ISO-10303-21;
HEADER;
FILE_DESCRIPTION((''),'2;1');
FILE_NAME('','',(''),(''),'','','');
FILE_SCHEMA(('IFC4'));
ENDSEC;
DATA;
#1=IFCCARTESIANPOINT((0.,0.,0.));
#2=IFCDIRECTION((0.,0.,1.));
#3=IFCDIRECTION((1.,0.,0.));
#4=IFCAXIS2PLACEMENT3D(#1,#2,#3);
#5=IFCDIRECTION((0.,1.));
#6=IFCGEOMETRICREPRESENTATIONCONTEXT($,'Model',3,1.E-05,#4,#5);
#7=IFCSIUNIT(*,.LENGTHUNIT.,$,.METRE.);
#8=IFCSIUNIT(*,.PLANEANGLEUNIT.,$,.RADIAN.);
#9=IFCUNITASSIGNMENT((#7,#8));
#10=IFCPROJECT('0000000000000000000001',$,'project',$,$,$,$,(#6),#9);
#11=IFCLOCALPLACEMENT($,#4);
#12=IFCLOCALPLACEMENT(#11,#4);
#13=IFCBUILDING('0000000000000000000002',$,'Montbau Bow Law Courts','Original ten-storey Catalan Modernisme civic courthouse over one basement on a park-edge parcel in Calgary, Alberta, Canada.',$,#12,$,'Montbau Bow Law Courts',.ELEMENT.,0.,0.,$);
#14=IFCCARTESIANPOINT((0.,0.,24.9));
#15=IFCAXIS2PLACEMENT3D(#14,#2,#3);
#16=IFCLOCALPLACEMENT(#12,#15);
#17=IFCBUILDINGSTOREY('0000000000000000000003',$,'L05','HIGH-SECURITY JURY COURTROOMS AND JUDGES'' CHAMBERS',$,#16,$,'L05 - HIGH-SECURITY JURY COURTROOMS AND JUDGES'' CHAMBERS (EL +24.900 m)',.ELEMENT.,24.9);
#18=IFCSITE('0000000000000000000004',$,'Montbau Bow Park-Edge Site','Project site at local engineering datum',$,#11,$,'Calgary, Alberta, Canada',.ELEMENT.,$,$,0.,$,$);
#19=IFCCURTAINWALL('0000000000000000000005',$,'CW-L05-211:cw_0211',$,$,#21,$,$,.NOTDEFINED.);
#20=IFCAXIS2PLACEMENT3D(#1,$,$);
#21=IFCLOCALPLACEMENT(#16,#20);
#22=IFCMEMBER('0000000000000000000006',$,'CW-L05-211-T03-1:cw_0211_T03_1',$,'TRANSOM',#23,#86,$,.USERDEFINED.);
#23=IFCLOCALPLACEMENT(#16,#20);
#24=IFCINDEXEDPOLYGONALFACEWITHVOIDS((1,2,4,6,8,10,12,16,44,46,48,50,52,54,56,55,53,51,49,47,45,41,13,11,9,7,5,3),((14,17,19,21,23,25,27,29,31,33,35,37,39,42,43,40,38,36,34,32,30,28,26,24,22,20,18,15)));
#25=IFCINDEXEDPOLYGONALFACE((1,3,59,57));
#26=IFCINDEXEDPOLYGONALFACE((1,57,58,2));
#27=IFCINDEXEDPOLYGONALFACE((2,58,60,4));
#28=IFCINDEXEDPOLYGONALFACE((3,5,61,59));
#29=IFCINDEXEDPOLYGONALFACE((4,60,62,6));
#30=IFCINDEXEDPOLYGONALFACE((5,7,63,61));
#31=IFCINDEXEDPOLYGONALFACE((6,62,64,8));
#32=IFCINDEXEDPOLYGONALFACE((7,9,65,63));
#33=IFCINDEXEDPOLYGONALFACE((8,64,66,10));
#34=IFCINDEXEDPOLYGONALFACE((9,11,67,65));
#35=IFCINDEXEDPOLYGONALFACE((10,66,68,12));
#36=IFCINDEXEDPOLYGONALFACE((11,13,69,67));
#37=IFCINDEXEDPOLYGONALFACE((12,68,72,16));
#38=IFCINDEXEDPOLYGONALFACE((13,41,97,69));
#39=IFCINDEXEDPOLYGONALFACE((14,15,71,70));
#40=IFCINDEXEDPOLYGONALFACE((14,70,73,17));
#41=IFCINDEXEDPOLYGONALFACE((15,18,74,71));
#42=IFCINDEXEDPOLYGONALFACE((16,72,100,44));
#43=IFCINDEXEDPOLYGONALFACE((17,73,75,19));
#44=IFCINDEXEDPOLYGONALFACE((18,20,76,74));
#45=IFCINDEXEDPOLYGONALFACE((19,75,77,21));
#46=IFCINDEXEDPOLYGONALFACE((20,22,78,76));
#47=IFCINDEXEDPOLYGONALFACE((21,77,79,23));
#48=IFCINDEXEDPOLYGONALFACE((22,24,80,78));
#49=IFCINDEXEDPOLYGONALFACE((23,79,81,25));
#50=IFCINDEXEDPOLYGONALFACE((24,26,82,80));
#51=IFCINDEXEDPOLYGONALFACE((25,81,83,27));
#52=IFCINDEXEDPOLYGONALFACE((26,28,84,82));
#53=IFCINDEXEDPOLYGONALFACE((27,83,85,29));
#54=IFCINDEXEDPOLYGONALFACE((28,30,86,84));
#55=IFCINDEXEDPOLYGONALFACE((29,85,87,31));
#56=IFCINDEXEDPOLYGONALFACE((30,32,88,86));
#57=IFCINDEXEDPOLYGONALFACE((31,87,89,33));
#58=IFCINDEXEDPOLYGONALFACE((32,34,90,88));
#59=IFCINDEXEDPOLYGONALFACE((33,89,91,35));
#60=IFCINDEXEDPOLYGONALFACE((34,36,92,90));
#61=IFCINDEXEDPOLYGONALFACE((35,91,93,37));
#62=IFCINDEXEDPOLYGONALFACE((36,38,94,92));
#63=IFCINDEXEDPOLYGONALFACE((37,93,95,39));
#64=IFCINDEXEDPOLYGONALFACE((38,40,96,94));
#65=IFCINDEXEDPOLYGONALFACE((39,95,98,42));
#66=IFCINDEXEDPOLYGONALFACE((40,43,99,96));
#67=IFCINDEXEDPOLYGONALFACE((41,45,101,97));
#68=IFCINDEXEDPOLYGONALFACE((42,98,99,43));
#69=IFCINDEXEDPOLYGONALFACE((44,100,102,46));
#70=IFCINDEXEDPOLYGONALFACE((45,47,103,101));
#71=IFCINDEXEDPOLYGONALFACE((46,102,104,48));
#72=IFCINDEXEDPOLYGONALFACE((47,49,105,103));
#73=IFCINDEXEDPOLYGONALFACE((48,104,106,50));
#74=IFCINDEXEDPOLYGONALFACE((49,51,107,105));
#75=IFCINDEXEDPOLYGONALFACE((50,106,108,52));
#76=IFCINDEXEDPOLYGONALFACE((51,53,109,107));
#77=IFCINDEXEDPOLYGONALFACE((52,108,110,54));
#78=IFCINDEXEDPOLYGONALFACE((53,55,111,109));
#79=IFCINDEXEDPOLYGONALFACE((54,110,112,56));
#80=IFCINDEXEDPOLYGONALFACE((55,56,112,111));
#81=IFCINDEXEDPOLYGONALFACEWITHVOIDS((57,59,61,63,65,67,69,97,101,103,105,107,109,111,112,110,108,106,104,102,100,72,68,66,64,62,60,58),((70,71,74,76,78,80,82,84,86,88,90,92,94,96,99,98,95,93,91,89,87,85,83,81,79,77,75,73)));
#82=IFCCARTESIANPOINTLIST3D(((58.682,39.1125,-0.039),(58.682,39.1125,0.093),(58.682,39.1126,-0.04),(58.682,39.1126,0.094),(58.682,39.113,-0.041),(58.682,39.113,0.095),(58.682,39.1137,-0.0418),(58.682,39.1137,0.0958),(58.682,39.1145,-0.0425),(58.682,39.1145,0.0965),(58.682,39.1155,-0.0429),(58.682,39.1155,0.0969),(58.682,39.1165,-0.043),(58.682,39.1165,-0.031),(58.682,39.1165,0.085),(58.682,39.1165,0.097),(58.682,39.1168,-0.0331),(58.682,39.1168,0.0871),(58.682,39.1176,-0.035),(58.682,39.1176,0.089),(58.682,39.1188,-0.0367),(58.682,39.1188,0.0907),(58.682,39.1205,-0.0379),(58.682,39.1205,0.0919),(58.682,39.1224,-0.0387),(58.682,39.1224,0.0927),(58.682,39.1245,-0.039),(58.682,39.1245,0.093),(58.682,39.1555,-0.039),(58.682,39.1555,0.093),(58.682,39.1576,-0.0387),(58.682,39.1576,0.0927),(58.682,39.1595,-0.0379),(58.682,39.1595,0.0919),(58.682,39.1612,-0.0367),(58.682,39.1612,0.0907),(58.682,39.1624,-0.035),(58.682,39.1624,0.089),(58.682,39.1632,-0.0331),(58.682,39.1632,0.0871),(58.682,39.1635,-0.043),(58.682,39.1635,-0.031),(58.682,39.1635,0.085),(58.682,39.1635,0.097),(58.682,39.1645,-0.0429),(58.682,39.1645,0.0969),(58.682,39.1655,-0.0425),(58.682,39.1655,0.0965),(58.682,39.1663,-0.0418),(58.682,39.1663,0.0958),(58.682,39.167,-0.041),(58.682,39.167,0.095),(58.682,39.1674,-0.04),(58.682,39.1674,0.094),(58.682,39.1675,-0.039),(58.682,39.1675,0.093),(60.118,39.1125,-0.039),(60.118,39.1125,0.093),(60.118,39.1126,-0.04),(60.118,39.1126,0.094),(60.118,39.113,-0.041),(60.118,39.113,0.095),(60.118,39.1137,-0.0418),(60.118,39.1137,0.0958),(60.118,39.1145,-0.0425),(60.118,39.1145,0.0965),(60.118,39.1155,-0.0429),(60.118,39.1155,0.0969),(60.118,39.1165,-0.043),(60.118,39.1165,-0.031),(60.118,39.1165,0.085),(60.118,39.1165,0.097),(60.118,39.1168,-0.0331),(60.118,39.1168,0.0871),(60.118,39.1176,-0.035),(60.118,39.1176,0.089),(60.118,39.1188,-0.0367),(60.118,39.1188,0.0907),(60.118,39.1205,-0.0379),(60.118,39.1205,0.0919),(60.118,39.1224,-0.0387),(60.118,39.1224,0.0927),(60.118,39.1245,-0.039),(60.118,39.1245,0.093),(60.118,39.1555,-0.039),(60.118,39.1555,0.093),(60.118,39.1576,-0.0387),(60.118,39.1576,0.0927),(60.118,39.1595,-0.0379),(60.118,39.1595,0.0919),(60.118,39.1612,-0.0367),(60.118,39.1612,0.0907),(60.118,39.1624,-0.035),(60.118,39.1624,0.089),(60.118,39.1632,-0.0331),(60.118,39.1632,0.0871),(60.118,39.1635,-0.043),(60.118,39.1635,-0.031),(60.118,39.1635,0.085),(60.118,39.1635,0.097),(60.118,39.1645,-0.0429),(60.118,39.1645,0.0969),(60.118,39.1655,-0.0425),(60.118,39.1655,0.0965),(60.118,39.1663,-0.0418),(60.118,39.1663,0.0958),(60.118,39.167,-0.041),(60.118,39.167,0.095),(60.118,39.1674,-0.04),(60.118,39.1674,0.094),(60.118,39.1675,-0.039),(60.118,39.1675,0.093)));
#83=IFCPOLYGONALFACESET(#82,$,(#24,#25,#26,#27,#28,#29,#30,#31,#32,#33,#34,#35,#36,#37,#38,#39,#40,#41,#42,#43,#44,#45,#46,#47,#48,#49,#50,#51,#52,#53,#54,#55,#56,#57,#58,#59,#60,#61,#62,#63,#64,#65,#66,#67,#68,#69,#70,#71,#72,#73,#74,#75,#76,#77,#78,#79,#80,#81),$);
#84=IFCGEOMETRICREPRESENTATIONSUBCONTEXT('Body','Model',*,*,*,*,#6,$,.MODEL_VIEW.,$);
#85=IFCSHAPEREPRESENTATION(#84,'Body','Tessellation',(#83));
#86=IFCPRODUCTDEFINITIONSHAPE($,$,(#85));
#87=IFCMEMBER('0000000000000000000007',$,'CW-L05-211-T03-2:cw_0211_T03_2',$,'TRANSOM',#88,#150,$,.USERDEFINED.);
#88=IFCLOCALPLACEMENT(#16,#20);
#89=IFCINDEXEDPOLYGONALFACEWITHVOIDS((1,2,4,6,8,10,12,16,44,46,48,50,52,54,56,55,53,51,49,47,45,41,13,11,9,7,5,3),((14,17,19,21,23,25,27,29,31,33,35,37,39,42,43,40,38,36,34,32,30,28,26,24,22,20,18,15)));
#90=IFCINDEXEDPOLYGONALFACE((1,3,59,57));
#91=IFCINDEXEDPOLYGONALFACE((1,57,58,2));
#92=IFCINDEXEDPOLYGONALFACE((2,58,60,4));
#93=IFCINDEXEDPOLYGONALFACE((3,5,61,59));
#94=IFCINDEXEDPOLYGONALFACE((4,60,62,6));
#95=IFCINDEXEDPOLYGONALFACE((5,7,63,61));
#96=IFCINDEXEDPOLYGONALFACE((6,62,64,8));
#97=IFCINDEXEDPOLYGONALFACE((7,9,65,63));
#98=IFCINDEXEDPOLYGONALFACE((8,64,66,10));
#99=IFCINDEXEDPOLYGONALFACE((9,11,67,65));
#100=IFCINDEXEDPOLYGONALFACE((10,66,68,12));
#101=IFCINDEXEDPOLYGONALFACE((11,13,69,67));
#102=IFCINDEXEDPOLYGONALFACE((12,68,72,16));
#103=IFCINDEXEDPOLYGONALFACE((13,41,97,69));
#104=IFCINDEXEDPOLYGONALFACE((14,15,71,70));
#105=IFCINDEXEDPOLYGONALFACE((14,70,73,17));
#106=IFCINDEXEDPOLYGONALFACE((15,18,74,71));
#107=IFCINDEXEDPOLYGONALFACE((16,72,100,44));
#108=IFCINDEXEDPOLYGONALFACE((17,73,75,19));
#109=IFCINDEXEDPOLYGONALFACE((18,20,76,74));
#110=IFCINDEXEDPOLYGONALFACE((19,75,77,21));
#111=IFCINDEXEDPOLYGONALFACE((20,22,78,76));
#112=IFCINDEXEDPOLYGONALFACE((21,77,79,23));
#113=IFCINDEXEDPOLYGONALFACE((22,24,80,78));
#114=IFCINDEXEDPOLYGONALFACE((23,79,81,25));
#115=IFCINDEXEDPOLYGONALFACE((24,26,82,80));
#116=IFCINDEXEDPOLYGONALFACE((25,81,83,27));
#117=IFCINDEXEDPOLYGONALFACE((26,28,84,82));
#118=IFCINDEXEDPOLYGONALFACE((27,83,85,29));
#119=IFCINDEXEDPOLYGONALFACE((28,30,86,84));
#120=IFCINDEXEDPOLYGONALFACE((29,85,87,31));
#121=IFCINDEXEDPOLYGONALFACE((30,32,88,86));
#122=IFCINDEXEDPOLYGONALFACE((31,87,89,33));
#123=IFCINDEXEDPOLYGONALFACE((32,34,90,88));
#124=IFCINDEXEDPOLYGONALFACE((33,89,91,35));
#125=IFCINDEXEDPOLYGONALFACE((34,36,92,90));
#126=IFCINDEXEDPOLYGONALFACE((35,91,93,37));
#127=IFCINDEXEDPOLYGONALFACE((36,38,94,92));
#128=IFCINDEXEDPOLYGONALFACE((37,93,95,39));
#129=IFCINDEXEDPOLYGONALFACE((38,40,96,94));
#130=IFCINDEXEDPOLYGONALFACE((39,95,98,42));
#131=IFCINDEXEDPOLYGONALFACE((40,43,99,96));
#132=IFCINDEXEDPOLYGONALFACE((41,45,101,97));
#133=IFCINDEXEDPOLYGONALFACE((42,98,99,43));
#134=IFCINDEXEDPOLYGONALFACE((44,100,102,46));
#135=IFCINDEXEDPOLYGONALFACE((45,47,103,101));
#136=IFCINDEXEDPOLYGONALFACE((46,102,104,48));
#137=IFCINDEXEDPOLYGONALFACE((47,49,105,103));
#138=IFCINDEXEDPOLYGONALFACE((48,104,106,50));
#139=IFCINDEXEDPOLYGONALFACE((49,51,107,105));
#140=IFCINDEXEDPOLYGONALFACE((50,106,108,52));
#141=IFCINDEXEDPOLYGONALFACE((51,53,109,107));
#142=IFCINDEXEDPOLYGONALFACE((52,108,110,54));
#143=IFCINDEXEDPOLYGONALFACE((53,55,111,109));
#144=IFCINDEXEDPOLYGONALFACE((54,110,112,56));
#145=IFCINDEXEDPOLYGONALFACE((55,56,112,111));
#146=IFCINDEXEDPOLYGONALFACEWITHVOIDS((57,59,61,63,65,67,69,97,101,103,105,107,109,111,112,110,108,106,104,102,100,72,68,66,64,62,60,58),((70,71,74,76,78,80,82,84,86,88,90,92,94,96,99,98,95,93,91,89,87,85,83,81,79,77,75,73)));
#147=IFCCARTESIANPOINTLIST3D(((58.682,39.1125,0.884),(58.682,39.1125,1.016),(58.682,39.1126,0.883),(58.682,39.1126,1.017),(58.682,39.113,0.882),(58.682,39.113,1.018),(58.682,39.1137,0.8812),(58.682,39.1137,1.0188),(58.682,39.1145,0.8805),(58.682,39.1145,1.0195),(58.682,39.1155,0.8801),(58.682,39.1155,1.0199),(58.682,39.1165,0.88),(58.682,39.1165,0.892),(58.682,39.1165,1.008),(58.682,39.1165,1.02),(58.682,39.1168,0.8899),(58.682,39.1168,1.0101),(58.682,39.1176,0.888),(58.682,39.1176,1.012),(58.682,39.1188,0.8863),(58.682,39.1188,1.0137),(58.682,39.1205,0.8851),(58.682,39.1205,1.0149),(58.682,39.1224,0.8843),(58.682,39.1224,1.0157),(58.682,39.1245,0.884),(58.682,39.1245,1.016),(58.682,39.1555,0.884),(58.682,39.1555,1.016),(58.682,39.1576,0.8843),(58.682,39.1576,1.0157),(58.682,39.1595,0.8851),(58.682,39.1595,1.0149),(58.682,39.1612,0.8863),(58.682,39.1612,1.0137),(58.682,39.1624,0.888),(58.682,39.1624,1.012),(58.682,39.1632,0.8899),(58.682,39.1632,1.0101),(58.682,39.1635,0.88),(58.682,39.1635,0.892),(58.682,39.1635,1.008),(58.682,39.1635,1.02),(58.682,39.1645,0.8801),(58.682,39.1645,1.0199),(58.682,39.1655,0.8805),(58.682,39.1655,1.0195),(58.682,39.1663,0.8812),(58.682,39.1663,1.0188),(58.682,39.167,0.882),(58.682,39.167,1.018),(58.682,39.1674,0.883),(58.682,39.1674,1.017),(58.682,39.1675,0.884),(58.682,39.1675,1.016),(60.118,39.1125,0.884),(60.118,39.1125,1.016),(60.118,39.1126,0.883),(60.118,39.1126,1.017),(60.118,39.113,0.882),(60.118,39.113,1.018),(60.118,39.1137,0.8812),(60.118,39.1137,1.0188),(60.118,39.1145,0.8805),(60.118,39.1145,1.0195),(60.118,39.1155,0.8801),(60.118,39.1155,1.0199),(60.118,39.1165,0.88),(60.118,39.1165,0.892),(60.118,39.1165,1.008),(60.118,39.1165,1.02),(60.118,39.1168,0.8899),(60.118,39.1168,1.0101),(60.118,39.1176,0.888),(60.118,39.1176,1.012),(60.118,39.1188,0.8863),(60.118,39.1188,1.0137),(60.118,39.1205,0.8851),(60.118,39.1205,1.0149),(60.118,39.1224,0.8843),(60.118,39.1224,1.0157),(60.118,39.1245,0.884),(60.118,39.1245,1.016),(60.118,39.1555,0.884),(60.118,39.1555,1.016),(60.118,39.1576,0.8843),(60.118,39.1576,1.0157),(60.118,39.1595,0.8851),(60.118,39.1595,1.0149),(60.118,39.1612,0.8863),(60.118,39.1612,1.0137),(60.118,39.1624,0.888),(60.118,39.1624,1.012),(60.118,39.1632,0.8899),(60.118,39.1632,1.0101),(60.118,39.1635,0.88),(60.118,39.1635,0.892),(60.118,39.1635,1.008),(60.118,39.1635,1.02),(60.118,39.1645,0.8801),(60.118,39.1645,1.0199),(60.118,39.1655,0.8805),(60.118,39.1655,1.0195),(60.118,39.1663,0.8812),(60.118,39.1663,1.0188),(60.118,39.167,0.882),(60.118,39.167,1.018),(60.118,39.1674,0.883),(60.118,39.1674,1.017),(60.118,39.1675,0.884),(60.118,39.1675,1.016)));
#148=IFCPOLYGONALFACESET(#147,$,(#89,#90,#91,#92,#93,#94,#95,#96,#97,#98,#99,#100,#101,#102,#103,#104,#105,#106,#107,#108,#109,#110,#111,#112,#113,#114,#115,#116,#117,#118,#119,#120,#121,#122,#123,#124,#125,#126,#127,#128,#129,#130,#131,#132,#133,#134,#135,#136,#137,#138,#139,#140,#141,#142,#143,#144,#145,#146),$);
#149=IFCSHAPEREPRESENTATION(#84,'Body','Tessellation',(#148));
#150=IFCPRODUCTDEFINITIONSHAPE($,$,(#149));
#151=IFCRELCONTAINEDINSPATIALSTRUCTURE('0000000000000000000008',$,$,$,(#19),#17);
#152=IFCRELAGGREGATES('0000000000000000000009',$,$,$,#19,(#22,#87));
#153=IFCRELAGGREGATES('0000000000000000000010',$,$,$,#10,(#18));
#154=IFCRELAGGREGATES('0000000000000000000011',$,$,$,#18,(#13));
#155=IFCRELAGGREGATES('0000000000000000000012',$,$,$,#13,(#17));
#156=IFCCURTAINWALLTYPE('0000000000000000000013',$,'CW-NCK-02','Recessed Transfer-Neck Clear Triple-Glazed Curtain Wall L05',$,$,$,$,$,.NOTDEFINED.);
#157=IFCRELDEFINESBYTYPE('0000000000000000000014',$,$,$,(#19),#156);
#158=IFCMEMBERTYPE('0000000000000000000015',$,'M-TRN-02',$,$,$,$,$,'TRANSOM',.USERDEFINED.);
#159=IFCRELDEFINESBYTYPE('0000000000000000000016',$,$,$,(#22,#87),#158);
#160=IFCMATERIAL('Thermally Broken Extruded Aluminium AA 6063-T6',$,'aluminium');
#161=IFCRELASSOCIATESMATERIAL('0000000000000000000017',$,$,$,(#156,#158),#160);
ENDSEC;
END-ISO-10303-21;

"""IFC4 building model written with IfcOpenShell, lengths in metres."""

from ifc_helpers import new_model, si_unit, direction, frame, origin_with_axes, origin_2d_with_axis, place, context, subcontext, project, spatial, hollow_rectangle, extrude, material, material_profile, profile_set, type_object, element, aggregate, save


model = new_model("IFC4")

# Units and contexts
model_context = context("Model", 3, precision=1e-05, world=origin_with_axes(), true_north=direction((0.0, 1.0)))
body_context = subcontext(model_context, "Body", "Model", "MODEL_VIEW")
ifc_project = project(units=[si_unit("LENGTHUNIT", "METRE"), si_unit("PLANEANGLEUNIT", "RADIAN")], contexts=[model_context])

# Site, building, storey
site_placement = place(None, origin_with_axes())
site = spatial("IfcSite", under=ifc_project, at=site_placement, Name="Montbau Bow Park-Edge Site", Description="Project site at local engineering datum", LongName="Calgary, Alberta, Canada", CompositionType="ELEMENT", RefElevation=0.0)
building_placement = place(site_placement, origin_with_axes())
building = spatial("IfcBuilding", under=site, at=building_placement, Name="Montbau Bow Law Courts", Description="Original ten-storey Catalan Modernisme civic courthouse over one basement on a park-edge parcel in Calgary, Alberta, Canada.", LongName="Montbau Bow Law Courts", CompositionType="ELEMENT", ElevationOfRefHeight=0.0, ElevationOfTerrain=0.0)
storey_placement = place(building_placement, frame((0.0, 0.0, 24.9), z_axis=(0.0, 0.0, 1.0), x_axis=(1.0, 0.0, 0.0)))
storey = spatial("IfcBuildingStorey", under=building, at=storey_placement, Name="L05", Description="HIGH-SECURITY JURY COURTROOMS AND JUDGES' CHAMBERS", LongName="L05 - HIGH-SECURITY JURY COURTROOMS AND JUDGES' CHAMBERS (EL +24.900 m)", CompositionType="ELEMENT", Elevation=24.9)

# Curtain wall, members
ifc_material_1 = material(Name="Thermally Broken Extruded Aluminium AA 6063-T6", Category="aluminium")
curtain_wall_type = type_object("IfcCurtainWallType", Name="CW-NCK-02", Description="Recessed Transfer-Neck Clear Triple-Glazed Curtain Wall L05", PredefinedType="NOTDEFINED", material=ifc_material_1)
curtain_wall_placement = place(None, frame((55.64, 39.14, 24.9), z_axis=(0.0, 0.0, 1.0), x_axis=(1.0, 0.0, 0.0)))
curtain_wall = element("IfcCurtainWall", 1, at=curtain_wall_placement, inside=storey, type_object=curtain_wall_type, Name="CW-L05-211:cw_0211", PredefinedType="NOTDEFINED")
ifc_material_profile_1 = material_profile(ifc_material_1, hollow_rectangle(XDim=0.055, YDim=0.14, WallThickness=0.004, InnerFilletRadius=0.008, OuterFilletRadius=0.004, at=origin_2d_with_axis()), Name="CWT-140X55", Category="Main", Priority=0)
ifc_profile_set_1 = profile_set([ifc_material_profile_1], Name="Thermally Broken Extruded Aluminium AA 6063-T6")
member_type_1 = type_object("IfcMemberType", Name="M-TRN-02", ElementType="TRANSOM", PredefinedType="USERDEFINED", material=ifc_profile_set_1)
member_1_placement = place(None, frame((58.682, 39.14, 24.927), z_axis=(1.0, 0.0, 0.0), x_axis=(0.0, 1.0, 0.0)))
member_1 = element("IfcMember", 2, at=member_1_placement, type_object=member_type_1, Name="CW-L05-211-T03-1:cw_0211_T03_1", ObjectType="TRANSOM", PredefinedType="USERDEFINED", context=body_context, shape_type="SweptSolid", body=[
    extrude(hollow_rectangle(XDim=0.055, YDim=0.14, WallThickness=0.004, InnerFilletRadius=0.008, OuterFilletRadius=0.004, at=origin_2d_with_axis()), origin_with_axes(), (0.0, 0.0, 1.0), 1.436),
])
member_2_placement = place(None, frame((58.682, 39.14, 25.85), z_axis=(1.0, 0.0, 0.0), x_axis=(0.0, 1.0, 0.0)))
member_2 = element("IfcMember", 3, at=member_2_placement, type_object=member_type_1, Name="CW-L05-211-T03-2:cw_0211_T03_2", ObjectType="TRANSOM", PredefinedType="USERDEFINED", context=body_context, shape_type="SweptSolid", body=[
    extrude(hollow_rectangle(XDim=0.055, YDim=0.14, WallThickness=0.004, InnerFilletRadius=0.008, OuterFilletRadius=0.004, at=origin_2d_with_axis()), origin_with_axes(), (0.0, 0.0, 1.0), 1.436),
])
aggregate(curtain_wall, [member_1, member_2])

save(model, "model.ifc")
